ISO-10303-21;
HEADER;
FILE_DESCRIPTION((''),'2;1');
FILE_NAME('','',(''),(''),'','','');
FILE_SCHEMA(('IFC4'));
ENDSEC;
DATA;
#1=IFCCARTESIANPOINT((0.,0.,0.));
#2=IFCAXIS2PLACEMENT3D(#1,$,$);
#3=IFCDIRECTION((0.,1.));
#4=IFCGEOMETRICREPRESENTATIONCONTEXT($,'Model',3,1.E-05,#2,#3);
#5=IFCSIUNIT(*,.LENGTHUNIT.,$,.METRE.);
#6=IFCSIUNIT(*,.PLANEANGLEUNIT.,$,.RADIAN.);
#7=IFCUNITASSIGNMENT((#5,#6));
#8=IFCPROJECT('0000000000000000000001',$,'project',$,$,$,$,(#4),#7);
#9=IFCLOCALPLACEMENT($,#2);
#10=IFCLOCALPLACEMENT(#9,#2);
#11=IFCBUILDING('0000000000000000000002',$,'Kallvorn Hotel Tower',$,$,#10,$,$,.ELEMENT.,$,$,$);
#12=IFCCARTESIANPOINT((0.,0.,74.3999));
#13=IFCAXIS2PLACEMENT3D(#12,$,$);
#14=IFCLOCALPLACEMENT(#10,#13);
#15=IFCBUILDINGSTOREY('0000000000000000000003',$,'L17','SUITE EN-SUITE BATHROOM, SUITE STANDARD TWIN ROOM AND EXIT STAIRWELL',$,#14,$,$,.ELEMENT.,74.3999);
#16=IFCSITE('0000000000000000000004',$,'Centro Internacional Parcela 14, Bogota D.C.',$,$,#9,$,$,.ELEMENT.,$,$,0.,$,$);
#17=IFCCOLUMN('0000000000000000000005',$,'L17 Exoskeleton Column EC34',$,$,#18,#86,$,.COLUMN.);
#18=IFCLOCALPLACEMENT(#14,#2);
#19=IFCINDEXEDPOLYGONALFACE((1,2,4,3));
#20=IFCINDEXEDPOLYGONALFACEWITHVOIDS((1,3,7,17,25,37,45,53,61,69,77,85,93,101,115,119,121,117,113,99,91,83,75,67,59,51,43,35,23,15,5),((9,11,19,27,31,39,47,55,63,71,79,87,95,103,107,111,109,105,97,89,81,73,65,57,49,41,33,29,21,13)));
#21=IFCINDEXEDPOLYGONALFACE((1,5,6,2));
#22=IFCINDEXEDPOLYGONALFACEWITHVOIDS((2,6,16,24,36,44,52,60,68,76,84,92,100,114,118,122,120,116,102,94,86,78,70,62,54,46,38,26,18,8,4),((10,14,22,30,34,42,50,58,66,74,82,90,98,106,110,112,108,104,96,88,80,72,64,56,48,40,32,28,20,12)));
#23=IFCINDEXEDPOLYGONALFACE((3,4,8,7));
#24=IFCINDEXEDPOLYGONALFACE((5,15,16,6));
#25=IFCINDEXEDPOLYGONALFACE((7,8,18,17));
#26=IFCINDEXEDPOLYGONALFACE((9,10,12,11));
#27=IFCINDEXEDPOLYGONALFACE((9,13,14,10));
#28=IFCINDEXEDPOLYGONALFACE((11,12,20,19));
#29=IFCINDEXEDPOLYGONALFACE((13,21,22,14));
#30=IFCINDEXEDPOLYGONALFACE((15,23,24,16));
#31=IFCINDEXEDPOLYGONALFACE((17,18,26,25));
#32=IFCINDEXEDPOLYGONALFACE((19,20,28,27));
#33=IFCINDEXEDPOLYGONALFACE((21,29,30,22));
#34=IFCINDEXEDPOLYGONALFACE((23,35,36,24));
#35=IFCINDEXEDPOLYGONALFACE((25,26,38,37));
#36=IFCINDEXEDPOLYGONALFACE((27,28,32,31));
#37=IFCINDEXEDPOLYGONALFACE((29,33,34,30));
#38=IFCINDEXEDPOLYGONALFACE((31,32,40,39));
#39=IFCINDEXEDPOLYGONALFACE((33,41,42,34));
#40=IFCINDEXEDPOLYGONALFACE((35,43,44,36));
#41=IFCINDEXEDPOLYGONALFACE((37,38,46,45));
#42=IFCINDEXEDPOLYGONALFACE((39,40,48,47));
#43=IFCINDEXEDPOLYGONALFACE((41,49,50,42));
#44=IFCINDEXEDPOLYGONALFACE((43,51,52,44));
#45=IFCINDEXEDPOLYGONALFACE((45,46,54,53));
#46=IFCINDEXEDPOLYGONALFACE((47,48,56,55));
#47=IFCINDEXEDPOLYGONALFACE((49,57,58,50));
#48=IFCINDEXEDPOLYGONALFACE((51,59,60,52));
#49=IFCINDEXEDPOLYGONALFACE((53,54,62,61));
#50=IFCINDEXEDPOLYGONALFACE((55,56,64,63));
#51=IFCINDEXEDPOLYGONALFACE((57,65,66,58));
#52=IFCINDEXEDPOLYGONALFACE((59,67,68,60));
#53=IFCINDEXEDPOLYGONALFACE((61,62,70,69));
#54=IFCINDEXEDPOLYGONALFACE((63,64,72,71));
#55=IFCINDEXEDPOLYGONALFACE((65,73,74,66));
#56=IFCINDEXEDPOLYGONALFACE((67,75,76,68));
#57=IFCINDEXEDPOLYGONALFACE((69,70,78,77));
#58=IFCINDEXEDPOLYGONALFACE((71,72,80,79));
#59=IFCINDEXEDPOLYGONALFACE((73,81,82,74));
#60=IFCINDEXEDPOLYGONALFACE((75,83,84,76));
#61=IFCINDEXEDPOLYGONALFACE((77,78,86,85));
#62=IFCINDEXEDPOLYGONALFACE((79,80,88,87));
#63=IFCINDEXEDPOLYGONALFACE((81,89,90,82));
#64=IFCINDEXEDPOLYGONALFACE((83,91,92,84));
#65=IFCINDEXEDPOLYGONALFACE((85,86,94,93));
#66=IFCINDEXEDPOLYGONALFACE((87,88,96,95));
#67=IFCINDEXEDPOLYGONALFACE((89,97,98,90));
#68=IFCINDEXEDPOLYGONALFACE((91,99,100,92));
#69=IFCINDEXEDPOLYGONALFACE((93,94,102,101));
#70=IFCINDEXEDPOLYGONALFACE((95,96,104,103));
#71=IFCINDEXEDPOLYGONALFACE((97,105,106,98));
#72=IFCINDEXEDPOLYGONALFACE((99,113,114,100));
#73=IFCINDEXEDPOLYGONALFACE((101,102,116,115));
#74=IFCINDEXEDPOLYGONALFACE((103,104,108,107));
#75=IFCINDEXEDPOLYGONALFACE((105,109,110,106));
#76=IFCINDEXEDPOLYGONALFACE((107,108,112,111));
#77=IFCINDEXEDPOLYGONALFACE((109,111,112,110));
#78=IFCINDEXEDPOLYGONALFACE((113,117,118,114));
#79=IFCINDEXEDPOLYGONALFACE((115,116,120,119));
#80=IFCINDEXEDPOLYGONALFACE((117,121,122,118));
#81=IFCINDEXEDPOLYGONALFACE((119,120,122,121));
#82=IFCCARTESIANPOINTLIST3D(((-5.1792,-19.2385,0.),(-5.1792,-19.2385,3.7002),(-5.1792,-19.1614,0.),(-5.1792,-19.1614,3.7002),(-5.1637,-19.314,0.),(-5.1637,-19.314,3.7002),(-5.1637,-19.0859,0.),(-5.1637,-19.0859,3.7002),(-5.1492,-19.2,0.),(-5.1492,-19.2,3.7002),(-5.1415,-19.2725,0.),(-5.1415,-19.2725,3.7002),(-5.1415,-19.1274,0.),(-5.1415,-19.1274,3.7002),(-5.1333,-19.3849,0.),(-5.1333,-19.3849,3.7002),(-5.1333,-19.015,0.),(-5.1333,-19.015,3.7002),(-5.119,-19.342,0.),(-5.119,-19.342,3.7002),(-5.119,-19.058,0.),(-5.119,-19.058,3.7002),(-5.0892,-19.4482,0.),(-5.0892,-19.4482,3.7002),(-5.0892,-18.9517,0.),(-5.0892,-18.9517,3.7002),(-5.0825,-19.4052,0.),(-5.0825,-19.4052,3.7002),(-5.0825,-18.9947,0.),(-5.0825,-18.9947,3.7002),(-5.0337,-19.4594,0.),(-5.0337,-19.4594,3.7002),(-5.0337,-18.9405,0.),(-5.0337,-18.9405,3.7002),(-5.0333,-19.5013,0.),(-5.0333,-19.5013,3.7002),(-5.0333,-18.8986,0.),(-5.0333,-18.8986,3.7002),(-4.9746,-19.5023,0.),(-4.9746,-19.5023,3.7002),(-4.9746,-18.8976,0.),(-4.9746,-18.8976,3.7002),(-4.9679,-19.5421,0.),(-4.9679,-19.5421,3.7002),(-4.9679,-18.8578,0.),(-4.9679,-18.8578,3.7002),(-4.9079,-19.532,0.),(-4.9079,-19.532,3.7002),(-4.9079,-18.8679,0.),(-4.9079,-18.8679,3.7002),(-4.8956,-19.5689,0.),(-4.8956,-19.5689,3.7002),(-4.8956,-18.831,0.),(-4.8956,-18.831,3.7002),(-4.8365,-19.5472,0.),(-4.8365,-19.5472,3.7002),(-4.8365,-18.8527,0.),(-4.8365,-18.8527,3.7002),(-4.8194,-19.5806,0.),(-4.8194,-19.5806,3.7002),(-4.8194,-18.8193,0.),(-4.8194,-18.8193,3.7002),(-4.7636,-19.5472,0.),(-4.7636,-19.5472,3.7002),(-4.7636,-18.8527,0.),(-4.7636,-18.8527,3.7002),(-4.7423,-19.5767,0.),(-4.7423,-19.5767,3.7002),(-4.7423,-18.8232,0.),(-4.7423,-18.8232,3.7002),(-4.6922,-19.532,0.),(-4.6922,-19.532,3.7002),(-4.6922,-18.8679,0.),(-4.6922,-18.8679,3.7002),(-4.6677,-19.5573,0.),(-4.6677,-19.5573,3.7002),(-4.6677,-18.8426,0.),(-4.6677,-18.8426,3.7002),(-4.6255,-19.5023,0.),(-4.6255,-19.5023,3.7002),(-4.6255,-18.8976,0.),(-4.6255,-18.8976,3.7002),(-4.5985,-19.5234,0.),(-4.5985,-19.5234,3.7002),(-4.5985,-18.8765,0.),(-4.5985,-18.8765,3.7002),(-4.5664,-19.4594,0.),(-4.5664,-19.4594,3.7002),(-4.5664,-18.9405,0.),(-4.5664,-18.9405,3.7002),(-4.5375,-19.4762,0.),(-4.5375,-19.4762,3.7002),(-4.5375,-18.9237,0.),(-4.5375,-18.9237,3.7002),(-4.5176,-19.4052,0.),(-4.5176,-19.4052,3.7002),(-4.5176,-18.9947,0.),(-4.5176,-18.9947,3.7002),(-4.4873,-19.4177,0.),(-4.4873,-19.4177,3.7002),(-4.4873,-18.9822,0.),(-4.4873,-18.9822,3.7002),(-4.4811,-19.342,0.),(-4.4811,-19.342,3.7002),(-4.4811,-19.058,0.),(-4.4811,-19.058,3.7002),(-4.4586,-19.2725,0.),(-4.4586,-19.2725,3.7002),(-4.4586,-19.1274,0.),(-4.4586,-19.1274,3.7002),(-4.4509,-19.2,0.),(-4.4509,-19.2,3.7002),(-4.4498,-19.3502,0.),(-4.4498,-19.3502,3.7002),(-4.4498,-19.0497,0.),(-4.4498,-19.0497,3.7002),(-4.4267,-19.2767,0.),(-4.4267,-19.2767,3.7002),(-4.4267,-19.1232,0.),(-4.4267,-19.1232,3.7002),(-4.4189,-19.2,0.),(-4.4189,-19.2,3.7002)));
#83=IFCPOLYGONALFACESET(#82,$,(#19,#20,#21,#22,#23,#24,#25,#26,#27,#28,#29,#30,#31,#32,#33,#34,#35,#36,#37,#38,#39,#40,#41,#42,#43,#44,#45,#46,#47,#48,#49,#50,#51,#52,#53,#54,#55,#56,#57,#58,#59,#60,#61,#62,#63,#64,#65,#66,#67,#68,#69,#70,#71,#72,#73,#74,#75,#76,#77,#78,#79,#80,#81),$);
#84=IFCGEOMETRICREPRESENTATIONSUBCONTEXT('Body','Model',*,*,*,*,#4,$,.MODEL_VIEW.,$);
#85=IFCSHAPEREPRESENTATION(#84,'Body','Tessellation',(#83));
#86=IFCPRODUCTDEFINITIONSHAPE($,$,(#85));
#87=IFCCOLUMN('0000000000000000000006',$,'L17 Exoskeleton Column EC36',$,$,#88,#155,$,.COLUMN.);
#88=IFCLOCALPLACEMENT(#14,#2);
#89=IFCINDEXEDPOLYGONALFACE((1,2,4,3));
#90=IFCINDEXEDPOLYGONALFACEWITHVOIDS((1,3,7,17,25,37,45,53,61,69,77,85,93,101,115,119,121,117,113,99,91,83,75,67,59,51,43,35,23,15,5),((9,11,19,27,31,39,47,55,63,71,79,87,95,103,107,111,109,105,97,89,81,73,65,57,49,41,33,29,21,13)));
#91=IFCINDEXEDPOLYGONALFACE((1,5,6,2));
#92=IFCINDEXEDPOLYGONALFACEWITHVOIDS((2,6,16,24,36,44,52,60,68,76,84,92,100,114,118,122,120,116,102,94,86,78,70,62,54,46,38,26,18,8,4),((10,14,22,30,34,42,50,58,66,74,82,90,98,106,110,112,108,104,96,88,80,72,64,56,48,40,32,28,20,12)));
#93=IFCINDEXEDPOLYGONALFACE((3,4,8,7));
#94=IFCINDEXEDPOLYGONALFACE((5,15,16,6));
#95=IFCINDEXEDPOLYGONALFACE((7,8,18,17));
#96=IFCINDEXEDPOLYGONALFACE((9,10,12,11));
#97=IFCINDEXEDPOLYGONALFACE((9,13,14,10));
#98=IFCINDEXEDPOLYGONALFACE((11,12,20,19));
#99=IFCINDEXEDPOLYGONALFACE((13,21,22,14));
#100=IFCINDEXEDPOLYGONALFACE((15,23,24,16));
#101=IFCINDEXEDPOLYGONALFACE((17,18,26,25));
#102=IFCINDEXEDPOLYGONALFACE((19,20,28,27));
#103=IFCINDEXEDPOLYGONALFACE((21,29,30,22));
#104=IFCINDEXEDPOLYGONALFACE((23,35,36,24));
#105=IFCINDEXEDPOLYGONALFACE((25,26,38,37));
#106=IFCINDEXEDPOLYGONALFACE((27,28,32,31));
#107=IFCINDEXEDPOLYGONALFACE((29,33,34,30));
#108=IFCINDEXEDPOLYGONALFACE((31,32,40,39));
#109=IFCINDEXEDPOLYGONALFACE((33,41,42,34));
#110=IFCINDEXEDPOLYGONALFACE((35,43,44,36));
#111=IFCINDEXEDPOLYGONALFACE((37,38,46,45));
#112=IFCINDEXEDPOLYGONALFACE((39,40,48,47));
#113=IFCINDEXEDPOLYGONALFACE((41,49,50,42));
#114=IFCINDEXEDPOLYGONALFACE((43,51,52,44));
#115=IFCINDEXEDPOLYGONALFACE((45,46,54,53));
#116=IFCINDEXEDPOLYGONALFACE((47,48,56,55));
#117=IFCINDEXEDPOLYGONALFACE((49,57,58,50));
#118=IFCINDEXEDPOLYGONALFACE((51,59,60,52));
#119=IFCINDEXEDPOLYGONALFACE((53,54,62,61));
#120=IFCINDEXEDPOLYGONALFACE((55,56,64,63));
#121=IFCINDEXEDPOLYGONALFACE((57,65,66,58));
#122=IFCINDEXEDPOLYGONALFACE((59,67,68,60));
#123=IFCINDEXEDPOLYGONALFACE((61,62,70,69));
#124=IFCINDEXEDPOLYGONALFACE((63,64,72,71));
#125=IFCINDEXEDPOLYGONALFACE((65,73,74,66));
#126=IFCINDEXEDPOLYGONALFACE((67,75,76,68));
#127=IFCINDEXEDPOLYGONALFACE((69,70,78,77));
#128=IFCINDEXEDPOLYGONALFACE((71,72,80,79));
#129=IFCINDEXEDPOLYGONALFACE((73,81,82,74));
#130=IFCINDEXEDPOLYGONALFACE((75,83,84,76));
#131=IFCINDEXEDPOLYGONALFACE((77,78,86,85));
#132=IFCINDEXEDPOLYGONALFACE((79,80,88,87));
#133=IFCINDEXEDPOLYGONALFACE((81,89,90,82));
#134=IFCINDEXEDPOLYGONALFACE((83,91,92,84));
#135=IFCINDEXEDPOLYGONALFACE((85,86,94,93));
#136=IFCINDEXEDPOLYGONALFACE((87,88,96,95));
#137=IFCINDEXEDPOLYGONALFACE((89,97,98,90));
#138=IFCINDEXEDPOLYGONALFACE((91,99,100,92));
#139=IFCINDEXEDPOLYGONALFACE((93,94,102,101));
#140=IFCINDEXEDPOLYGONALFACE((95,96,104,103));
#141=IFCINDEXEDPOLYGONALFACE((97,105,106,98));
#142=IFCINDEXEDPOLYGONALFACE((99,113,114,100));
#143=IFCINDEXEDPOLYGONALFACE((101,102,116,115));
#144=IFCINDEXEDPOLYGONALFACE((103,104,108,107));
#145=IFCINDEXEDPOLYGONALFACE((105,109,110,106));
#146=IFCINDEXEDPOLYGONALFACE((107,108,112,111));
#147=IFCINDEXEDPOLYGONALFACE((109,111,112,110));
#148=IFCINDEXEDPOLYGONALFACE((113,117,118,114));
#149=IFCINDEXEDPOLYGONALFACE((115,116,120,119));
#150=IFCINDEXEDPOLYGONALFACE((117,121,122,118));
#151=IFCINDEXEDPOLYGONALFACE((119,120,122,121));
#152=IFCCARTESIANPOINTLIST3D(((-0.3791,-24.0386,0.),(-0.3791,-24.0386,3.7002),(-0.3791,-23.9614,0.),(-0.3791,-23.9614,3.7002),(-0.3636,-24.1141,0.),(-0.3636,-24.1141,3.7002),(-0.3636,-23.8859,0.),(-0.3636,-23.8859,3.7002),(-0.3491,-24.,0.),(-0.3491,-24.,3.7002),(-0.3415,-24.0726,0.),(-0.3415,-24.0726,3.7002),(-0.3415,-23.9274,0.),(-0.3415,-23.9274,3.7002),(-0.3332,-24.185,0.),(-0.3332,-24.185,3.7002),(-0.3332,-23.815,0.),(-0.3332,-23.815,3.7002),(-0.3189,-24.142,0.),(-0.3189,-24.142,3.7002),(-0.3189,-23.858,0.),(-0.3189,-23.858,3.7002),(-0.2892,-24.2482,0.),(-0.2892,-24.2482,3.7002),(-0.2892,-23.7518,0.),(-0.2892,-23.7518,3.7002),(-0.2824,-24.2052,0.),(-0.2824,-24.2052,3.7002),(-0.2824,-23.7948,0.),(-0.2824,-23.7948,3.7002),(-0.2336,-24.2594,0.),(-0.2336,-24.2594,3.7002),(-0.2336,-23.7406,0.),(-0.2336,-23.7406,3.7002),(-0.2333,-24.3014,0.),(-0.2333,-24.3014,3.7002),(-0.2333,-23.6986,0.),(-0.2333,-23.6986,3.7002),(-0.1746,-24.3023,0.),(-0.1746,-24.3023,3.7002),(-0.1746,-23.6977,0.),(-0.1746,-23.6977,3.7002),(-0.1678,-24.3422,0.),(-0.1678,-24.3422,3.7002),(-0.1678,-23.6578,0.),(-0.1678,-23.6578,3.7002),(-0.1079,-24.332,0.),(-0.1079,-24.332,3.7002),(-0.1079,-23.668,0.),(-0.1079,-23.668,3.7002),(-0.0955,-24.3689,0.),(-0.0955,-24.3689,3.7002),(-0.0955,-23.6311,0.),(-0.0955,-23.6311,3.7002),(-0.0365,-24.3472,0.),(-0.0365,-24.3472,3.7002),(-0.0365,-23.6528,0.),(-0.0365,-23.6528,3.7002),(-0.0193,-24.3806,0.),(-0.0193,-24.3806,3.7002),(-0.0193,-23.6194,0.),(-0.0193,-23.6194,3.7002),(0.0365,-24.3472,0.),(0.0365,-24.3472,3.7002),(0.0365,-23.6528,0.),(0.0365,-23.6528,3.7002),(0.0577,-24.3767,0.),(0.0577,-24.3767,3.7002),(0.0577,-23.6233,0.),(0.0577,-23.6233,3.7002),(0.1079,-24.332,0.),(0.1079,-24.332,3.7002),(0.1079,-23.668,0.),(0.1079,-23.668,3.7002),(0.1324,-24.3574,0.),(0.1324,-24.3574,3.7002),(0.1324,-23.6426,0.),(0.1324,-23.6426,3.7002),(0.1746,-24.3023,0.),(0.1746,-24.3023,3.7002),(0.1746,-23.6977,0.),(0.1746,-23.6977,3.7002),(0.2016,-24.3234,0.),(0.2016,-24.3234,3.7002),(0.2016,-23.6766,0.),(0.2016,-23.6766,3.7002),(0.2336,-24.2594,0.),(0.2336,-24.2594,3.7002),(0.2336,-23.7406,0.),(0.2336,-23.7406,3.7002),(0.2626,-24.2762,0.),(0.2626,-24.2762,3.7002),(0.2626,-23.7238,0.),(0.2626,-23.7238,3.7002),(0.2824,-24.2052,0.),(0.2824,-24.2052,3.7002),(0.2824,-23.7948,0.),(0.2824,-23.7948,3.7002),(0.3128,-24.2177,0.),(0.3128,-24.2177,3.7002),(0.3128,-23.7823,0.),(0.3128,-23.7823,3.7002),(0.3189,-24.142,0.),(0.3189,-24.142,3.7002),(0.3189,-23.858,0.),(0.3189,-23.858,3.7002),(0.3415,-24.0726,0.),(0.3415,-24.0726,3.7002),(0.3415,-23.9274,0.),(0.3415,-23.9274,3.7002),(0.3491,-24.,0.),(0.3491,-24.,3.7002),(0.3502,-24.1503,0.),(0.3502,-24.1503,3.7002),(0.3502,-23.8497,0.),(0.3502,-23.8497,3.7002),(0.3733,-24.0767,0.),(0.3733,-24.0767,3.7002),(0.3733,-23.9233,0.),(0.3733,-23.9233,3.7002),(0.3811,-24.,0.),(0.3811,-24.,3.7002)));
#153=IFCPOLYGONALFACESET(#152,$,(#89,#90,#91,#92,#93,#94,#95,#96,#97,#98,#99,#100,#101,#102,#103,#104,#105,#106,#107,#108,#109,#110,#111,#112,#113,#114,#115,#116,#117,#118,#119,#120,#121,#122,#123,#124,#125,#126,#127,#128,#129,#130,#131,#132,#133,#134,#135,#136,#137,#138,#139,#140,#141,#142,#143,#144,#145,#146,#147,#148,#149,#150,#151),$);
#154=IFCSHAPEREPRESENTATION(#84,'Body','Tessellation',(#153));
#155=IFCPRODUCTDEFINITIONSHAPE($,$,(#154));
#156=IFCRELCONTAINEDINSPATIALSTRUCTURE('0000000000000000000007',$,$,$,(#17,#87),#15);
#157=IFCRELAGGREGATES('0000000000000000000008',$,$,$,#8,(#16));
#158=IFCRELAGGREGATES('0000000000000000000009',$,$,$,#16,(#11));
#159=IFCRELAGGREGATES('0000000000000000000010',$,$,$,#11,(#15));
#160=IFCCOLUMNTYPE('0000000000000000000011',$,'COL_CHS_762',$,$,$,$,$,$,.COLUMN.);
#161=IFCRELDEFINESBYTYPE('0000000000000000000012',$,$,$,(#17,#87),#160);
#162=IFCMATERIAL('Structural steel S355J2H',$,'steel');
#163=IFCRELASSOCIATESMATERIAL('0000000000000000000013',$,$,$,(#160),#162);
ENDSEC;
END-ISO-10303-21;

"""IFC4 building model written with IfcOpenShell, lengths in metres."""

from ifc_helpers import new_model, si_unit, direction, frame, origin, origin_2d, place, context, subcontext, project, spatial, hollow_circle, extrude, material, material_profile, profile_set, type_object, element, save


model = new_model("IFC4")

# Units and contexts
model_context = context("Model", 3, precision=1e-05, world=origin(), true_north=direction((0.0, 1.0)))
body_context = subcontext(model_context, "Body", "Model", "MODEL_VIEW")
ifc_project = project(units=[si_unit("LENGTHUNIT", "METRE"), si_unit("PLANEANGLEUNIT", "RADIAN")], contexts=[model_context])

# Site, building, storey
site_placement = place(None, origin())
site = spatial("IfcSite", under=ifc_project, at=site_placement, Name="Centro Internacional Parcela 14, Bogota D.C.", CompositionType="ELEMENT", RefElevation=0.0)
building_placement = place(site_placement, origin())
building = spatial("IfcBuilding", under=site, at=building_placement, Name="Kallvorn Hotel Tower", CompositionType="ELEMENT")
storey_placement = place(building_placement, frame((0.0, 0.0, 74.3999)))
storey = spatial("IfcBuildingStorey", under=building, at=storey_placement, Name="L17", Description="SUITE EN-SUITE BATHROOM, SUITE STANDARD TWIN ROOM AND EXIT STAIRWELL", CompositionType="ELEMENT", Elevation=74.3999)

# Columns
ifc_material_1 = material(Name="Structural steel S355J2H", Category="steel")
ifc_material_profile_1 = material_profile(ifc_material_1, hollow_circle(Radius=0.3811, WallThickness=0.032, at=origin_2d()), Name="CHS 762x32")
ifc_profile_set_1 = profile_set([ifc_material_profile_1], Name="Structural steel S355J2H")
column_type_1 = type_object("IfcColumnType", Name="COL_CHS_762", PredefinedType="COLUMN", material=ifc_profile_set_1)
for number, where, z_axis, x_axis, name in (
    (1, (-4.8, -19.2, 0.0), (0.0, 0.0, 1.0), (1.0, 0.0, 0.0), "L17 Exoskeleton Column EC34"),
    (2, (0.0, -24.0, 0.0), (0.0, 0.0, 1.0), (1.0, 0.0, 0.0), "L17 Exoskeleton Column EC36"),
):
    element("IfcColumn", number, at=place(storey_placement, frame(where, z_axis=z_axis, x_axis=x_axis)), inside=storey, type_object=column_type_1, Name=name, PredefinedType="COLUMN", context=body_context, shape_type="SweptSolid", body=[
        extrude(hollow_circle(Radius=0.3811, WallThickness=0.032, at=origin_2d()), origin(), (0.0, 0.0, 1.0), 3.7002),
    ])

save(model, "model.ifc")
